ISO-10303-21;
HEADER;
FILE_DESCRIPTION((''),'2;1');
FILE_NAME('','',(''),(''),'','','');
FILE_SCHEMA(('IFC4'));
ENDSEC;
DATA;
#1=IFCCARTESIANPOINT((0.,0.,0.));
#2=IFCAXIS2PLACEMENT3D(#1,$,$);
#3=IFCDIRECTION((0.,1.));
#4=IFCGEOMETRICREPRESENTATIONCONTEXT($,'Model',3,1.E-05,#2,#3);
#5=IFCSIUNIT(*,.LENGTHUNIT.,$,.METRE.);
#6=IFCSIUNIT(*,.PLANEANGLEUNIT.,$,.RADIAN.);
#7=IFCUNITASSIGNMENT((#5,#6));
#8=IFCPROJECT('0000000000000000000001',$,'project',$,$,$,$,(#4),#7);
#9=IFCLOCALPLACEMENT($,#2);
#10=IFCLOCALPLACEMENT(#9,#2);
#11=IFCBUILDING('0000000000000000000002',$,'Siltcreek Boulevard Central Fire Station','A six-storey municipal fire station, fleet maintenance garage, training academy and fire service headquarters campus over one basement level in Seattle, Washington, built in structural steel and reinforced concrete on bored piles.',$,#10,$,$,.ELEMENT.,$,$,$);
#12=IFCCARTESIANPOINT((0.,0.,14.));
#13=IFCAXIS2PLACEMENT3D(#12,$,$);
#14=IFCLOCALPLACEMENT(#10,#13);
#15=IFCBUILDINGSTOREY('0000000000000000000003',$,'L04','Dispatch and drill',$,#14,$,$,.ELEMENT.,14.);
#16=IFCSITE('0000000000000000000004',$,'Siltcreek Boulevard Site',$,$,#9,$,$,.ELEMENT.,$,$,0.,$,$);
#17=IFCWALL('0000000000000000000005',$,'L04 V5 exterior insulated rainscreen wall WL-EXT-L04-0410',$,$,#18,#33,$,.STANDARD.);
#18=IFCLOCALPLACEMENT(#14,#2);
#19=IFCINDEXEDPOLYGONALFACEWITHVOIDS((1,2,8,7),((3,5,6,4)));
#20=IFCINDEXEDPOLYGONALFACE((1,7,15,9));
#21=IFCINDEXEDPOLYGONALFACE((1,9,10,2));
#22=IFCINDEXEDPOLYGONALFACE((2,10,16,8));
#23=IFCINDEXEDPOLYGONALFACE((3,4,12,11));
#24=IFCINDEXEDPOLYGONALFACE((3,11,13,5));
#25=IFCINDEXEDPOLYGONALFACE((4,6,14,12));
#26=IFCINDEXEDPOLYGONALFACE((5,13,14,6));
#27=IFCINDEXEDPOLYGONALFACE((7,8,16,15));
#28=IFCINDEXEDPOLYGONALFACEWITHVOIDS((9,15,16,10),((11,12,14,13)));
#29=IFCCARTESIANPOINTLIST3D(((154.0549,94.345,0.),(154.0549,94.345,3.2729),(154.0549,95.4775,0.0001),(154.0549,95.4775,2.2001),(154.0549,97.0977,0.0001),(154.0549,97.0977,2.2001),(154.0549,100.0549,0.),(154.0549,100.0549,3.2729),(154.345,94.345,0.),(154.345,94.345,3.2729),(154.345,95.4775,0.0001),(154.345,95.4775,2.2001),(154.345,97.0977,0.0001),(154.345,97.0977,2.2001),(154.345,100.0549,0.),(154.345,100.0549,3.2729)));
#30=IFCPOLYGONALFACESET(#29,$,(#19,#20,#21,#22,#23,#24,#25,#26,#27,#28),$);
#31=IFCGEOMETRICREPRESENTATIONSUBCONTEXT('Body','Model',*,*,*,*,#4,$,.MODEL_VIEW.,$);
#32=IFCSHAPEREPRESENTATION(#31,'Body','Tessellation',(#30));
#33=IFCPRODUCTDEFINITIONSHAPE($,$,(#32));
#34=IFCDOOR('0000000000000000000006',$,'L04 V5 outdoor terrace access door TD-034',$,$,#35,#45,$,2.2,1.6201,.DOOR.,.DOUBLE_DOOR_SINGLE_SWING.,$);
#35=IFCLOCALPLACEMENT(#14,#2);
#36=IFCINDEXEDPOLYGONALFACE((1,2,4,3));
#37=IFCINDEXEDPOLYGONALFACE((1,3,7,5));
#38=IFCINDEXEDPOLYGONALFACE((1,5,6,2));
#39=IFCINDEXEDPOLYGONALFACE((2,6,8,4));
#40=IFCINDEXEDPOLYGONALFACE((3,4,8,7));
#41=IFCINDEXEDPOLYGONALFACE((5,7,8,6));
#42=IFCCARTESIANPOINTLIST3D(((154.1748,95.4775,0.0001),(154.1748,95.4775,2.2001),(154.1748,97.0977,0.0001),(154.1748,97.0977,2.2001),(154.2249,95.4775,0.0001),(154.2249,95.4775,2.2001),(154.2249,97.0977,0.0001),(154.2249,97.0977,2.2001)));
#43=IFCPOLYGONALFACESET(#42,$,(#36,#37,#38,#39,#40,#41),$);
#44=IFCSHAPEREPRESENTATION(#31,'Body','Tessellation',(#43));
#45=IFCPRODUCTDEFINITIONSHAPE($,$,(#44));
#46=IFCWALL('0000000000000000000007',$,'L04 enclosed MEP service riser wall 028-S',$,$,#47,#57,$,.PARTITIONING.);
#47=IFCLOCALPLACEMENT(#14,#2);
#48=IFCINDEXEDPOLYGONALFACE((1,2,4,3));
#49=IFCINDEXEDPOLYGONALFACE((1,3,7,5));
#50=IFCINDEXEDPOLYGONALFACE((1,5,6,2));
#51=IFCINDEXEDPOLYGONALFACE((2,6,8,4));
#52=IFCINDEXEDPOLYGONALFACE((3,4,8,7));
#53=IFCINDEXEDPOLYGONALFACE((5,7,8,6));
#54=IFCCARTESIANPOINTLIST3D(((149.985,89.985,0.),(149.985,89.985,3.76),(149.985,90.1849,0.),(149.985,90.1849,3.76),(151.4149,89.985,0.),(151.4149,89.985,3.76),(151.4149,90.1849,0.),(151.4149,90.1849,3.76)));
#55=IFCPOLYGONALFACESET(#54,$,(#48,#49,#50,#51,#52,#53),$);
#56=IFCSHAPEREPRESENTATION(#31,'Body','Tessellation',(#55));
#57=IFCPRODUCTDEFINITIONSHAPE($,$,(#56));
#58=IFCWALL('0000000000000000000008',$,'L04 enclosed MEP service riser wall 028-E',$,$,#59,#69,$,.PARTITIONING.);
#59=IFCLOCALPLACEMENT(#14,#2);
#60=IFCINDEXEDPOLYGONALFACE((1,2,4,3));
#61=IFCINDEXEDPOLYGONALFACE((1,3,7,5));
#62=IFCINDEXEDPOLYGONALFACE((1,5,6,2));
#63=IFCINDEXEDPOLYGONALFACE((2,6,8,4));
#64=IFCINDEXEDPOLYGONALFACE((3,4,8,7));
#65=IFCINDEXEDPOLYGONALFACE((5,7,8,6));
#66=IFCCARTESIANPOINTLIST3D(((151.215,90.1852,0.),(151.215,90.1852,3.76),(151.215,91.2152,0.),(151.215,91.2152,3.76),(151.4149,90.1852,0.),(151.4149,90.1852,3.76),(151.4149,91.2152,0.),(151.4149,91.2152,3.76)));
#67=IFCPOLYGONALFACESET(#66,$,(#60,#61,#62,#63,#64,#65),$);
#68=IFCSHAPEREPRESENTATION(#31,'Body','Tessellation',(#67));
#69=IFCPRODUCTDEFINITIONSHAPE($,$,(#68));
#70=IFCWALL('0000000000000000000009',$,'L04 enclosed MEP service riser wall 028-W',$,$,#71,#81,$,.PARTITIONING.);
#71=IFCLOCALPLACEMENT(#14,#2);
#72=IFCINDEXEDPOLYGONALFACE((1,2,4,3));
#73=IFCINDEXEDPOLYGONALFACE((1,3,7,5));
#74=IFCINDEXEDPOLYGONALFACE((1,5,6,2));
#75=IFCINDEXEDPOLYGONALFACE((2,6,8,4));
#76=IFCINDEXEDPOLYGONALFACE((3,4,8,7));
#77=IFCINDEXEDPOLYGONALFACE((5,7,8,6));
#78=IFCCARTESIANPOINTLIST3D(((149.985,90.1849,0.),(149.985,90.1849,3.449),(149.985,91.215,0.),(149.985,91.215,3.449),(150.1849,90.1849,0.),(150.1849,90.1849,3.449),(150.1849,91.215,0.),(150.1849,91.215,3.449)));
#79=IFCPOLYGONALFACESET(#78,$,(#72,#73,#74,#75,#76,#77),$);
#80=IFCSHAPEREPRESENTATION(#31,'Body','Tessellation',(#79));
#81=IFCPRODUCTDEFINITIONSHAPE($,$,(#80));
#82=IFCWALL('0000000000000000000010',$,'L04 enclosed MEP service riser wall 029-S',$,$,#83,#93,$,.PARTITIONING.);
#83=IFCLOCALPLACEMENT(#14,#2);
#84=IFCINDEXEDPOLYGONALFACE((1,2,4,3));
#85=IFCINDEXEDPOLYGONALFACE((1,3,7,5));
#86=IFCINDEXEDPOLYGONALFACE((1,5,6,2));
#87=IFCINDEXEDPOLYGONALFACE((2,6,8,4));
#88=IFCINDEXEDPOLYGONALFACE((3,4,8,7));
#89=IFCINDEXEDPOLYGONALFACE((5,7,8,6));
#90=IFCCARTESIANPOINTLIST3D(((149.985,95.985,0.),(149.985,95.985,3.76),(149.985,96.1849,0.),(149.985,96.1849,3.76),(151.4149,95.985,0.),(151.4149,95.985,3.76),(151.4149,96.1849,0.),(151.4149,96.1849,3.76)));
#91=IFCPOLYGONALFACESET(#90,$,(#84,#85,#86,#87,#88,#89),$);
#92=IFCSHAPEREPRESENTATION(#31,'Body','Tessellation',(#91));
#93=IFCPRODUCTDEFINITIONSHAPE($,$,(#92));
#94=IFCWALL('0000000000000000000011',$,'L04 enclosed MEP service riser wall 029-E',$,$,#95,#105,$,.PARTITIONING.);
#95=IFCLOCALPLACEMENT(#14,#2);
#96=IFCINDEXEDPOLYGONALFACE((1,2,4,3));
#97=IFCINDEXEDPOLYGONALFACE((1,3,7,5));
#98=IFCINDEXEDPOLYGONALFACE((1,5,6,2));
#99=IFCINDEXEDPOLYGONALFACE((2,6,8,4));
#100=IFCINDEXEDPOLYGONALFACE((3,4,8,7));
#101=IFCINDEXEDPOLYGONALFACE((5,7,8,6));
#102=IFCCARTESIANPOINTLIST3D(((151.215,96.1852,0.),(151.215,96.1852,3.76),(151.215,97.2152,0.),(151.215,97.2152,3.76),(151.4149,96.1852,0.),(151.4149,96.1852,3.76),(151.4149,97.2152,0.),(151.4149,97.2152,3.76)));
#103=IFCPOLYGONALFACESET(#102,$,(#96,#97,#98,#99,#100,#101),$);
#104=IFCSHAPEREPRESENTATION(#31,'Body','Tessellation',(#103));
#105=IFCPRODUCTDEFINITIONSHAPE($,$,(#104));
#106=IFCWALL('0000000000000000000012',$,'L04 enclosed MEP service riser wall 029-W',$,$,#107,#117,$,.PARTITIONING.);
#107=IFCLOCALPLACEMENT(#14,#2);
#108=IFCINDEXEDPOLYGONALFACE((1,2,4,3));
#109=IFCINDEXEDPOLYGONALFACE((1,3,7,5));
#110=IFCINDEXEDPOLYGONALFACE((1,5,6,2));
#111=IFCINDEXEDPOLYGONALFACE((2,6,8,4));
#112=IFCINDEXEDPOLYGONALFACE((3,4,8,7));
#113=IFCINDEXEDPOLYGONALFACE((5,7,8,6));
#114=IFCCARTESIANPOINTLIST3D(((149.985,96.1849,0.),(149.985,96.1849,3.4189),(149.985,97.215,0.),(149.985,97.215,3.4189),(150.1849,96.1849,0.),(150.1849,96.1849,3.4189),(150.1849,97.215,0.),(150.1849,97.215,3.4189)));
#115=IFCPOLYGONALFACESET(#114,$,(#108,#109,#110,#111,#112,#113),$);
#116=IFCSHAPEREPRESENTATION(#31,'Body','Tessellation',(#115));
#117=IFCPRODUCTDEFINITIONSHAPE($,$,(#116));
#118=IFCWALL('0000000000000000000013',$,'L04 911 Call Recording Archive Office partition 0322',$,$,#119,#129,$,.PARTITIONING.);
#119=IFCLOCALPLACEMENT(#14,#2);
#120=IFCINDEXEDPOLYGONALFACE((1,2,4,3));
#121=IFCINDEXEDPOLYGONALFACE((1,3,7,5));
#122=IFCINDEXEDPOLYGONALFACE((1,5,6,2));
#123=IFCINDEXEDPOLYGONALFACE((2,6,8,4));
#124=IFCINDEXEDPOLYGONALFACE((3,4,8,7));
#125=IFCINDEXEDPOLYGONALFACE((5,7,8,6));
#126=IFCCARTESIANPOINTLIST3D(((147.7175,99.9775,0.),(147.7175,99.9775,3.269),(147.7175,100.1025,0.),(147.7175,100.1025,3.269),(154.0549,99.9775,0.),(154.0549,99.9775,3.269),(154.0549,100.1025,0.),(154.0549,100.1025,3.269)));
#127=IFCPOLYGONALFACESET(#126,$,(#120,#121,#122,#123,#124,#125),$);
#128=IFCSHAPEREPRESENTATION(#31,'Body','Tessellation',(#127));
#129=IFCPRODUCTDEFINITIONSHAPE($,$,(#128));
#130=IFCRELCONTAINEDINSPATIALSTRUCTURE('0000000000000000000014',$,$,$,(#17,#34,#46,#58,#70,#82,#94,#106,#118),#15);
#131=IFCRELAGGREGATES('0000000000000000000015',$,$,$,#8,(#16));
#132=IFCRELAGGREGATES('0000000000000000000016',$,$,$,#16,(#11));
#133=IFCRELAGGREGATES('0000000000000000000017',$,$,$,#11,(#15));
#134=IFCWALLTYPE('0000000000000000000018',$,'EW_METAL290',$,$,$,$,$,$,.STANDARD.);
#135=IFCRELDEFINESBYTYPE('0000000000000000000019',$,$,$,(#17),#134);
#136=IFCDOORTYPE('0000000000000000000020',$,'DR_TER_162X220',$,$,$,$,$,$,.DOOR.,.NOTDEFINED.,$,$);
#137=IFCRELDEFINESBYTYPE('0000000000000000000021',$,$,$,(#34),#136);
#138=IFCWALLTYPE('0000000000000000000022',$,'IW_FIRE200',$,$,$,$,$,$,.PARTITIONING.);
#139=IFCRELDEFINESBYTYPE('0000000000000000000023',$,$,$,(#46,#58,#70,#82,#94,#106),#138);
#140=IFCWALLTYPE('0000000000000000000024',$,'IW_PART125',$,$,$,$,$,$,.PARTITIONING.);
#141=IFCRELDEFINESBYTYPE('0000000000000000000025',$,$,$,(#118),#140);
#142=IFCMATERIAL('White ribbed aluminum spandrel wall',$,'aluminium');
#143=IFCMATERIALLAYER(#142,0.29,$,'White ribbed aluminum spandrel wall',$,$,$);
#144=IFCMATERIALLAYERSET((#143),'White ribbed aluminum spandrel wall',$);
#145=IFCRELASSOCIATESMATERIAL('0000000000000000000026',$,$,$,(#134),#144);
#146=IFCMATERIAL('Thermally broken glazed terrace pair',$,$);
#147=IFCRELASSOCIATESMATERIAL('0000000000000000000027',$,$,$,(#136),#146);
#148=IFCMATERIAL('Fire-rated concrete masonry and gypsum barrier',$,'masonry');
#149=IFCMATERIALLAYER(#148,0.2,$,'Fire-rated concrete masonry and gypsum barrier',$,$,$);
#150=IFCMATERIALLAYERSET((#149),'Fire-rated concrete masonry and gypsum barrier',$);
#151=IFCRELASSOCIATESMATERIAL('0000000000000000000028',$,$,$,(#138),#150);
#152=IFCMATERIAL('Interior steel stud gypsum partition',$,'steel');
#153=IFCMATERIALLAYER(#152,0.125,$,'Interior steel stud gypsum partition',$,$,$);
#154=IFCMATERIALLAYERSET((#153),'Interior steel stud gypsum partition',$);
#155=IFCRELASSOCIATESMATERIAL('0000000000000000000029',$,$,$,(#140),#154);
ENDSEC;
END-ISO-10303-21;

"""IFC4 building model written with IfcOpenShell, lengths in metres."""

from ifc_helpers import new_model, si_unit, direction, frame, frame_2d, origin, place, context, subcontext, project, spatial, rectangle, extrude, material, layer, layer_set, type_object, element, fill, save


model = new_model("IFC4")

# Units and contexts
model_context = context("Model", 3, precision=1e-05, world=origin(), true_north=direction((0.0, 1.0)))
body_context = subcontext(model_context, "Body", "Model", "MODEL_VIEW")
ifc_project = project(units=[si_unit("LENGTHUNIT", "METRE"), si_unit("PLANEANGLEUNIT", "RADIAN")], contexts=[model_context])

# Site, building, storey
site_placement = place(None, origin())
site = spatial("IfcSite", under=ifc_project, at=site_placement, Name="Siltcreek Boulevard Site", CompositionType="ELEMENT", RefElevation=0.0)
building_placement = place(site_placement, origin())
building = spatial("IfcBuilding", under=site, at=building_placement, Name="Siltcreek Boulevard Central Fire Station", Description="A six-storey municipal fire station, fleet maintenance garage, training academy and fire service headquarters campus over one basement level in Seattle, Washington, built in structural steel and reinforced concrete on bored piles.", CompositionType="ELEMENT")
storey_placement = place(building_placement, frame((0.0, 0.0, 14.0)))
storey = spatial("IfcBuildingStorey", under=building, at=storey_placement, Name="L04", Description="Dispatch and drill", CompositionType="ELEMENT", Elevation=14.0)

# Wall, opening, door
ifc_material_1 = material(Name="White ribbed aluminum spandrel wall", Category="aluminium")
ifc_layer_1 = layer(ifc_material_1, 0.29, Name="White ribbed aluminum spandrel wall")
ifc_layer_set_1 = layer_set([ifc_layer_1], Name="White ribbed aluminum spandrel wall")
wall_type_1 = type_object("IfcWallType", Name="EW_METAL290", PredefinedType="STANDARD", material=ifc_layer_set_1)
wall_1_placement = place(storey_placement, frame((154.2, 94.345, 0.0), z_axis=(0.0, 0.0, 1.0), x_axis=(0.0, 1.0, 0.0)))
wall_1 = element("IfcWall", 1, at=wall_1_placement, inside=storey, type_object=wall_type_1, Name="L04 V5 exterior insulated rainscreen wall WL-EXT-L04-0410", PredefinedType="STANDARD", context=body_context, shape_type="SweptSolid", body=[
    extrude(rectangle(XDim=5.71, YDim=0.29, at=frame_2d((2.855, 0.0))), origin(), (0.0, 0.0, 1.0), 3.2729),
])
opening_1_placement = place(wall_1_placement, frame((1.1326, 0.0, 0.0)))
opening_1 = element("IfcOpeningElement", 2, at=opening_1_placement, cuts=wall_1, PredefinedType="OPENING", context=body_context, shape_type="SweptSolid", body=[
    extrude(rectangle(XDim=1.6201, YDim=2.2, at=frame_2d((0.8101, 1.1001))), frame((0.0, 0.155, 0.0), z_axis=(0.0, -1.0, 0.0), x_axis=(1.0, 0.0, 0.0)), (0.0, 0.0, 1.0), 0.3101),
])
ifc_material_2 = material(Name="Thermally broken glazed terrace pair")
door_type_1 = type_object("IfcDoorType", Name="DR_TER_162X220", OperationType="NOTDEFINED", PredefinedType="DOOR", material=ifc_material_2)
door_1_placement = place(opening_1_placement, frame((1.6201, 0.0, 0.0), z_axis=(0.0, 0.0, 1.0), x_axis=(-1.0, 0.0, 0.0)))
door_1 = element("IfcDoor", 3, at=door_1_placement, inside=storey, type_object=door_type_1, Name="L04 V5 outdoor terrace access door TD-034", OperationType="DOUBLE_DOOR_SINGLE_SWING", OverallHeight=2.2, OverallWidth=1.6201, PredefinedType="DOOR", context=body_context, shape_type="SweptSolid", body=[
    extrude(rectangle(XDim=1.6201, YDim=2.2, at=frame_2d((0.8101, 1.1001))), frame((0.0, 0.0249, 0.0), z_axis=(0.0, -1.0, 0.0), x_axis=(1.0, 0.0, 0.0)), (0.0, 0.0, 1.0), 0.05),
])
fill(opening_1, door_1)

# Walls
ifc_material_3 = material(Name="Fire-rated concrete masonry and gypsum barrier", Category="masonry")
ifc_layer_2 = layer(ifc_material_3, 0.2, Name="Fire-rated concrete masonry and gypsum barrier")
ifc_layer_set_2 = layer_set([ifc_layer_2], Name="Fire-rated concrete masonry and gypsum barrier")
wall_type_2 = type_object("IfcWallType", Name="IW_FIRE200", PredefinedType="PARTITIONING", material=ifc_layer_set_2)
wall_2_placement = place(storey_placement, frame((149.9851, 90.085, 0.0), z_axis=(0.0, 0.0, 1.0), x_axis=(1.0, 0.0, 0.0)))
element("IfcWall", 4, at=wall_2_placement, inside=storey, type_object=wall_type_2, Name="L04 enclosed MEP service riser wall 028-S", PredefinedType="PARTITIONING", context=body_context, shape_type="SweptSolid", body=[
    extrude(rectangle(XDim=1.4299, YDim=0.2, at=frame_2d((0.7148, 0.0))), origin(), (0.0, 0.0, 1.0), 3.76),
])
wall_3_placement = place(storey_placement, frame((151.3149, 90.1851, 0.0), z_axis=(0.0, 0.0, 1.0), x_axis=(0.0, 1.0, 0.0)))
element("IfcWall", 5, at=wall_3_placement, inside=storey, type_object=wall_type_2, Name="L04 enclosed MEP service riser wall 028-E", PredefinedType="PARTITIONING", context=body_context, shape_type="SweptSolid", body=[
    extrude(rectangle(XDim=1.03, YDim=0.2, at=frame_2d((0.5151, 0.0))), origin(), (0.0, 0.0, 1.0), 3.76),
])
wall_4_placement = place(storey_placement, frame((150.085, 91.2151, 0.0), z_axis=(0.0, 0.0, 1.0), x_axis=(0.0, -1.0, 0.0)))
element("IfcWall", 6, at=wall_4_placement, inside=storey, type_object=wall_type_2, Name="L04 enclosed MEP service riser wall 028-W", PredefinedType="PARTITIONING", context=body_context, shape_type="SweptSolid", body=[
    extrude(rectangle(XDim=1.03, YDim=0.2, at=frame_2d((0.5151, 0.0))), origin(), (0.0, 0.0, 1.0), 3.449),
])
wall_5_placement = place(storey_placement, frame((149.9851, 96.085, 0.0), z_axis=(0.0, 0.0, 1.0), x_axis=(1.0, 0.0, 0.0)))
element("IfcWall", 7, at=wall_5_placement, inside=storey, type_object=wall_type_2, Name="L04 enclosed MEP service riser wall 029-S", PredefinedType="PARTITIONING", context=body_context, shape_type="SweptSolid", body=[
    extrude(rectangle(XDim=1.4299, YDim=0.2, at=frame_2d((0.7148, 0.0))), origin(), (0.0, 0.0, 1.0), 3.76),
])
wall_6_placement = place(storey_placement, frame((151.3149, 96.1851, 0.0), z_axis=(0.0, 0.0, 1.0), x_axis=(0.0, 1.0, 0.0)))
element("IfcWall", 8, at=wall_6_placement, inside=storey, type_object=wall_type_2, Name="L04 enclosed MEP service riser wall 029-E", PredefinedType="PARTITIONING", context=body_context, shape_type="SweptSolid", body=[
    extrude(rectangle(XDim=1.03, YDim=0.2, at=frame_2d((0.5151, 0.0))), origin(), (0.0, 0.0, 1.0), 3.76),
])
wall_7_placement = place(storey_placement, frame((150.085, 97.2151, 0.0), z_axis=(0.0, 0.0, 1.0), x_axis=(0.0, -1.0, 0.0)))
element("IfcWall", 9, at=wall_7_placement, inside=storey, type_object=wall_type_2, Name="L04 enclosed MEP service riser wall 029-W", PredefinedType="PARTITIONING", context=body_context, shape_type="SweptSolid", body=[
    extrude(rectangle(XDim=1.03, YDim=0.2, at=frame_2d((0.5151, 0.0))), origin(), (0.0, 0.0, 1.0), 3.4189),
])
ifc_material_4 = material(Name="Interior steel stud gypsum partition", Category="steel")
ifc_layer_3 = layer(ifc_material_4, 0.125, Name="Interior steel stud gypsum partition")
ifc_layer_set_3 = layer_set([ifc_layer_3], Name="Interior steel stud gypsum partition")
wall_type_3 = type_object("IfcWallType", Name="IW_PART125", PredefinedType="PARTITIONING", material=ifc_layer_set_3)
wall_8_placement = place(storey_placement, frame((154.0549, 100.04, 0.0), z_axis=(0.0, 0.0, 1.0), x_axis=(-1.0, 0.0, 0.0)))
element("IfcWall", 10, at=wall_8_placement, inside=storey, type_object=wall_type_3, Name="L04 911 Call Recording Archive Office partition 0322", PredefinedType="PARTITIONING", context=body_context, shape_type="SweptSolid", body=[
    extrude(rectangle(XDim=6.3374, YDim=0.125, at=frame_2d((3.1687, 0.0))), origin(), (0.0, 0.0, 1.0), 3.269),
])

save(model, "model.ifc")
